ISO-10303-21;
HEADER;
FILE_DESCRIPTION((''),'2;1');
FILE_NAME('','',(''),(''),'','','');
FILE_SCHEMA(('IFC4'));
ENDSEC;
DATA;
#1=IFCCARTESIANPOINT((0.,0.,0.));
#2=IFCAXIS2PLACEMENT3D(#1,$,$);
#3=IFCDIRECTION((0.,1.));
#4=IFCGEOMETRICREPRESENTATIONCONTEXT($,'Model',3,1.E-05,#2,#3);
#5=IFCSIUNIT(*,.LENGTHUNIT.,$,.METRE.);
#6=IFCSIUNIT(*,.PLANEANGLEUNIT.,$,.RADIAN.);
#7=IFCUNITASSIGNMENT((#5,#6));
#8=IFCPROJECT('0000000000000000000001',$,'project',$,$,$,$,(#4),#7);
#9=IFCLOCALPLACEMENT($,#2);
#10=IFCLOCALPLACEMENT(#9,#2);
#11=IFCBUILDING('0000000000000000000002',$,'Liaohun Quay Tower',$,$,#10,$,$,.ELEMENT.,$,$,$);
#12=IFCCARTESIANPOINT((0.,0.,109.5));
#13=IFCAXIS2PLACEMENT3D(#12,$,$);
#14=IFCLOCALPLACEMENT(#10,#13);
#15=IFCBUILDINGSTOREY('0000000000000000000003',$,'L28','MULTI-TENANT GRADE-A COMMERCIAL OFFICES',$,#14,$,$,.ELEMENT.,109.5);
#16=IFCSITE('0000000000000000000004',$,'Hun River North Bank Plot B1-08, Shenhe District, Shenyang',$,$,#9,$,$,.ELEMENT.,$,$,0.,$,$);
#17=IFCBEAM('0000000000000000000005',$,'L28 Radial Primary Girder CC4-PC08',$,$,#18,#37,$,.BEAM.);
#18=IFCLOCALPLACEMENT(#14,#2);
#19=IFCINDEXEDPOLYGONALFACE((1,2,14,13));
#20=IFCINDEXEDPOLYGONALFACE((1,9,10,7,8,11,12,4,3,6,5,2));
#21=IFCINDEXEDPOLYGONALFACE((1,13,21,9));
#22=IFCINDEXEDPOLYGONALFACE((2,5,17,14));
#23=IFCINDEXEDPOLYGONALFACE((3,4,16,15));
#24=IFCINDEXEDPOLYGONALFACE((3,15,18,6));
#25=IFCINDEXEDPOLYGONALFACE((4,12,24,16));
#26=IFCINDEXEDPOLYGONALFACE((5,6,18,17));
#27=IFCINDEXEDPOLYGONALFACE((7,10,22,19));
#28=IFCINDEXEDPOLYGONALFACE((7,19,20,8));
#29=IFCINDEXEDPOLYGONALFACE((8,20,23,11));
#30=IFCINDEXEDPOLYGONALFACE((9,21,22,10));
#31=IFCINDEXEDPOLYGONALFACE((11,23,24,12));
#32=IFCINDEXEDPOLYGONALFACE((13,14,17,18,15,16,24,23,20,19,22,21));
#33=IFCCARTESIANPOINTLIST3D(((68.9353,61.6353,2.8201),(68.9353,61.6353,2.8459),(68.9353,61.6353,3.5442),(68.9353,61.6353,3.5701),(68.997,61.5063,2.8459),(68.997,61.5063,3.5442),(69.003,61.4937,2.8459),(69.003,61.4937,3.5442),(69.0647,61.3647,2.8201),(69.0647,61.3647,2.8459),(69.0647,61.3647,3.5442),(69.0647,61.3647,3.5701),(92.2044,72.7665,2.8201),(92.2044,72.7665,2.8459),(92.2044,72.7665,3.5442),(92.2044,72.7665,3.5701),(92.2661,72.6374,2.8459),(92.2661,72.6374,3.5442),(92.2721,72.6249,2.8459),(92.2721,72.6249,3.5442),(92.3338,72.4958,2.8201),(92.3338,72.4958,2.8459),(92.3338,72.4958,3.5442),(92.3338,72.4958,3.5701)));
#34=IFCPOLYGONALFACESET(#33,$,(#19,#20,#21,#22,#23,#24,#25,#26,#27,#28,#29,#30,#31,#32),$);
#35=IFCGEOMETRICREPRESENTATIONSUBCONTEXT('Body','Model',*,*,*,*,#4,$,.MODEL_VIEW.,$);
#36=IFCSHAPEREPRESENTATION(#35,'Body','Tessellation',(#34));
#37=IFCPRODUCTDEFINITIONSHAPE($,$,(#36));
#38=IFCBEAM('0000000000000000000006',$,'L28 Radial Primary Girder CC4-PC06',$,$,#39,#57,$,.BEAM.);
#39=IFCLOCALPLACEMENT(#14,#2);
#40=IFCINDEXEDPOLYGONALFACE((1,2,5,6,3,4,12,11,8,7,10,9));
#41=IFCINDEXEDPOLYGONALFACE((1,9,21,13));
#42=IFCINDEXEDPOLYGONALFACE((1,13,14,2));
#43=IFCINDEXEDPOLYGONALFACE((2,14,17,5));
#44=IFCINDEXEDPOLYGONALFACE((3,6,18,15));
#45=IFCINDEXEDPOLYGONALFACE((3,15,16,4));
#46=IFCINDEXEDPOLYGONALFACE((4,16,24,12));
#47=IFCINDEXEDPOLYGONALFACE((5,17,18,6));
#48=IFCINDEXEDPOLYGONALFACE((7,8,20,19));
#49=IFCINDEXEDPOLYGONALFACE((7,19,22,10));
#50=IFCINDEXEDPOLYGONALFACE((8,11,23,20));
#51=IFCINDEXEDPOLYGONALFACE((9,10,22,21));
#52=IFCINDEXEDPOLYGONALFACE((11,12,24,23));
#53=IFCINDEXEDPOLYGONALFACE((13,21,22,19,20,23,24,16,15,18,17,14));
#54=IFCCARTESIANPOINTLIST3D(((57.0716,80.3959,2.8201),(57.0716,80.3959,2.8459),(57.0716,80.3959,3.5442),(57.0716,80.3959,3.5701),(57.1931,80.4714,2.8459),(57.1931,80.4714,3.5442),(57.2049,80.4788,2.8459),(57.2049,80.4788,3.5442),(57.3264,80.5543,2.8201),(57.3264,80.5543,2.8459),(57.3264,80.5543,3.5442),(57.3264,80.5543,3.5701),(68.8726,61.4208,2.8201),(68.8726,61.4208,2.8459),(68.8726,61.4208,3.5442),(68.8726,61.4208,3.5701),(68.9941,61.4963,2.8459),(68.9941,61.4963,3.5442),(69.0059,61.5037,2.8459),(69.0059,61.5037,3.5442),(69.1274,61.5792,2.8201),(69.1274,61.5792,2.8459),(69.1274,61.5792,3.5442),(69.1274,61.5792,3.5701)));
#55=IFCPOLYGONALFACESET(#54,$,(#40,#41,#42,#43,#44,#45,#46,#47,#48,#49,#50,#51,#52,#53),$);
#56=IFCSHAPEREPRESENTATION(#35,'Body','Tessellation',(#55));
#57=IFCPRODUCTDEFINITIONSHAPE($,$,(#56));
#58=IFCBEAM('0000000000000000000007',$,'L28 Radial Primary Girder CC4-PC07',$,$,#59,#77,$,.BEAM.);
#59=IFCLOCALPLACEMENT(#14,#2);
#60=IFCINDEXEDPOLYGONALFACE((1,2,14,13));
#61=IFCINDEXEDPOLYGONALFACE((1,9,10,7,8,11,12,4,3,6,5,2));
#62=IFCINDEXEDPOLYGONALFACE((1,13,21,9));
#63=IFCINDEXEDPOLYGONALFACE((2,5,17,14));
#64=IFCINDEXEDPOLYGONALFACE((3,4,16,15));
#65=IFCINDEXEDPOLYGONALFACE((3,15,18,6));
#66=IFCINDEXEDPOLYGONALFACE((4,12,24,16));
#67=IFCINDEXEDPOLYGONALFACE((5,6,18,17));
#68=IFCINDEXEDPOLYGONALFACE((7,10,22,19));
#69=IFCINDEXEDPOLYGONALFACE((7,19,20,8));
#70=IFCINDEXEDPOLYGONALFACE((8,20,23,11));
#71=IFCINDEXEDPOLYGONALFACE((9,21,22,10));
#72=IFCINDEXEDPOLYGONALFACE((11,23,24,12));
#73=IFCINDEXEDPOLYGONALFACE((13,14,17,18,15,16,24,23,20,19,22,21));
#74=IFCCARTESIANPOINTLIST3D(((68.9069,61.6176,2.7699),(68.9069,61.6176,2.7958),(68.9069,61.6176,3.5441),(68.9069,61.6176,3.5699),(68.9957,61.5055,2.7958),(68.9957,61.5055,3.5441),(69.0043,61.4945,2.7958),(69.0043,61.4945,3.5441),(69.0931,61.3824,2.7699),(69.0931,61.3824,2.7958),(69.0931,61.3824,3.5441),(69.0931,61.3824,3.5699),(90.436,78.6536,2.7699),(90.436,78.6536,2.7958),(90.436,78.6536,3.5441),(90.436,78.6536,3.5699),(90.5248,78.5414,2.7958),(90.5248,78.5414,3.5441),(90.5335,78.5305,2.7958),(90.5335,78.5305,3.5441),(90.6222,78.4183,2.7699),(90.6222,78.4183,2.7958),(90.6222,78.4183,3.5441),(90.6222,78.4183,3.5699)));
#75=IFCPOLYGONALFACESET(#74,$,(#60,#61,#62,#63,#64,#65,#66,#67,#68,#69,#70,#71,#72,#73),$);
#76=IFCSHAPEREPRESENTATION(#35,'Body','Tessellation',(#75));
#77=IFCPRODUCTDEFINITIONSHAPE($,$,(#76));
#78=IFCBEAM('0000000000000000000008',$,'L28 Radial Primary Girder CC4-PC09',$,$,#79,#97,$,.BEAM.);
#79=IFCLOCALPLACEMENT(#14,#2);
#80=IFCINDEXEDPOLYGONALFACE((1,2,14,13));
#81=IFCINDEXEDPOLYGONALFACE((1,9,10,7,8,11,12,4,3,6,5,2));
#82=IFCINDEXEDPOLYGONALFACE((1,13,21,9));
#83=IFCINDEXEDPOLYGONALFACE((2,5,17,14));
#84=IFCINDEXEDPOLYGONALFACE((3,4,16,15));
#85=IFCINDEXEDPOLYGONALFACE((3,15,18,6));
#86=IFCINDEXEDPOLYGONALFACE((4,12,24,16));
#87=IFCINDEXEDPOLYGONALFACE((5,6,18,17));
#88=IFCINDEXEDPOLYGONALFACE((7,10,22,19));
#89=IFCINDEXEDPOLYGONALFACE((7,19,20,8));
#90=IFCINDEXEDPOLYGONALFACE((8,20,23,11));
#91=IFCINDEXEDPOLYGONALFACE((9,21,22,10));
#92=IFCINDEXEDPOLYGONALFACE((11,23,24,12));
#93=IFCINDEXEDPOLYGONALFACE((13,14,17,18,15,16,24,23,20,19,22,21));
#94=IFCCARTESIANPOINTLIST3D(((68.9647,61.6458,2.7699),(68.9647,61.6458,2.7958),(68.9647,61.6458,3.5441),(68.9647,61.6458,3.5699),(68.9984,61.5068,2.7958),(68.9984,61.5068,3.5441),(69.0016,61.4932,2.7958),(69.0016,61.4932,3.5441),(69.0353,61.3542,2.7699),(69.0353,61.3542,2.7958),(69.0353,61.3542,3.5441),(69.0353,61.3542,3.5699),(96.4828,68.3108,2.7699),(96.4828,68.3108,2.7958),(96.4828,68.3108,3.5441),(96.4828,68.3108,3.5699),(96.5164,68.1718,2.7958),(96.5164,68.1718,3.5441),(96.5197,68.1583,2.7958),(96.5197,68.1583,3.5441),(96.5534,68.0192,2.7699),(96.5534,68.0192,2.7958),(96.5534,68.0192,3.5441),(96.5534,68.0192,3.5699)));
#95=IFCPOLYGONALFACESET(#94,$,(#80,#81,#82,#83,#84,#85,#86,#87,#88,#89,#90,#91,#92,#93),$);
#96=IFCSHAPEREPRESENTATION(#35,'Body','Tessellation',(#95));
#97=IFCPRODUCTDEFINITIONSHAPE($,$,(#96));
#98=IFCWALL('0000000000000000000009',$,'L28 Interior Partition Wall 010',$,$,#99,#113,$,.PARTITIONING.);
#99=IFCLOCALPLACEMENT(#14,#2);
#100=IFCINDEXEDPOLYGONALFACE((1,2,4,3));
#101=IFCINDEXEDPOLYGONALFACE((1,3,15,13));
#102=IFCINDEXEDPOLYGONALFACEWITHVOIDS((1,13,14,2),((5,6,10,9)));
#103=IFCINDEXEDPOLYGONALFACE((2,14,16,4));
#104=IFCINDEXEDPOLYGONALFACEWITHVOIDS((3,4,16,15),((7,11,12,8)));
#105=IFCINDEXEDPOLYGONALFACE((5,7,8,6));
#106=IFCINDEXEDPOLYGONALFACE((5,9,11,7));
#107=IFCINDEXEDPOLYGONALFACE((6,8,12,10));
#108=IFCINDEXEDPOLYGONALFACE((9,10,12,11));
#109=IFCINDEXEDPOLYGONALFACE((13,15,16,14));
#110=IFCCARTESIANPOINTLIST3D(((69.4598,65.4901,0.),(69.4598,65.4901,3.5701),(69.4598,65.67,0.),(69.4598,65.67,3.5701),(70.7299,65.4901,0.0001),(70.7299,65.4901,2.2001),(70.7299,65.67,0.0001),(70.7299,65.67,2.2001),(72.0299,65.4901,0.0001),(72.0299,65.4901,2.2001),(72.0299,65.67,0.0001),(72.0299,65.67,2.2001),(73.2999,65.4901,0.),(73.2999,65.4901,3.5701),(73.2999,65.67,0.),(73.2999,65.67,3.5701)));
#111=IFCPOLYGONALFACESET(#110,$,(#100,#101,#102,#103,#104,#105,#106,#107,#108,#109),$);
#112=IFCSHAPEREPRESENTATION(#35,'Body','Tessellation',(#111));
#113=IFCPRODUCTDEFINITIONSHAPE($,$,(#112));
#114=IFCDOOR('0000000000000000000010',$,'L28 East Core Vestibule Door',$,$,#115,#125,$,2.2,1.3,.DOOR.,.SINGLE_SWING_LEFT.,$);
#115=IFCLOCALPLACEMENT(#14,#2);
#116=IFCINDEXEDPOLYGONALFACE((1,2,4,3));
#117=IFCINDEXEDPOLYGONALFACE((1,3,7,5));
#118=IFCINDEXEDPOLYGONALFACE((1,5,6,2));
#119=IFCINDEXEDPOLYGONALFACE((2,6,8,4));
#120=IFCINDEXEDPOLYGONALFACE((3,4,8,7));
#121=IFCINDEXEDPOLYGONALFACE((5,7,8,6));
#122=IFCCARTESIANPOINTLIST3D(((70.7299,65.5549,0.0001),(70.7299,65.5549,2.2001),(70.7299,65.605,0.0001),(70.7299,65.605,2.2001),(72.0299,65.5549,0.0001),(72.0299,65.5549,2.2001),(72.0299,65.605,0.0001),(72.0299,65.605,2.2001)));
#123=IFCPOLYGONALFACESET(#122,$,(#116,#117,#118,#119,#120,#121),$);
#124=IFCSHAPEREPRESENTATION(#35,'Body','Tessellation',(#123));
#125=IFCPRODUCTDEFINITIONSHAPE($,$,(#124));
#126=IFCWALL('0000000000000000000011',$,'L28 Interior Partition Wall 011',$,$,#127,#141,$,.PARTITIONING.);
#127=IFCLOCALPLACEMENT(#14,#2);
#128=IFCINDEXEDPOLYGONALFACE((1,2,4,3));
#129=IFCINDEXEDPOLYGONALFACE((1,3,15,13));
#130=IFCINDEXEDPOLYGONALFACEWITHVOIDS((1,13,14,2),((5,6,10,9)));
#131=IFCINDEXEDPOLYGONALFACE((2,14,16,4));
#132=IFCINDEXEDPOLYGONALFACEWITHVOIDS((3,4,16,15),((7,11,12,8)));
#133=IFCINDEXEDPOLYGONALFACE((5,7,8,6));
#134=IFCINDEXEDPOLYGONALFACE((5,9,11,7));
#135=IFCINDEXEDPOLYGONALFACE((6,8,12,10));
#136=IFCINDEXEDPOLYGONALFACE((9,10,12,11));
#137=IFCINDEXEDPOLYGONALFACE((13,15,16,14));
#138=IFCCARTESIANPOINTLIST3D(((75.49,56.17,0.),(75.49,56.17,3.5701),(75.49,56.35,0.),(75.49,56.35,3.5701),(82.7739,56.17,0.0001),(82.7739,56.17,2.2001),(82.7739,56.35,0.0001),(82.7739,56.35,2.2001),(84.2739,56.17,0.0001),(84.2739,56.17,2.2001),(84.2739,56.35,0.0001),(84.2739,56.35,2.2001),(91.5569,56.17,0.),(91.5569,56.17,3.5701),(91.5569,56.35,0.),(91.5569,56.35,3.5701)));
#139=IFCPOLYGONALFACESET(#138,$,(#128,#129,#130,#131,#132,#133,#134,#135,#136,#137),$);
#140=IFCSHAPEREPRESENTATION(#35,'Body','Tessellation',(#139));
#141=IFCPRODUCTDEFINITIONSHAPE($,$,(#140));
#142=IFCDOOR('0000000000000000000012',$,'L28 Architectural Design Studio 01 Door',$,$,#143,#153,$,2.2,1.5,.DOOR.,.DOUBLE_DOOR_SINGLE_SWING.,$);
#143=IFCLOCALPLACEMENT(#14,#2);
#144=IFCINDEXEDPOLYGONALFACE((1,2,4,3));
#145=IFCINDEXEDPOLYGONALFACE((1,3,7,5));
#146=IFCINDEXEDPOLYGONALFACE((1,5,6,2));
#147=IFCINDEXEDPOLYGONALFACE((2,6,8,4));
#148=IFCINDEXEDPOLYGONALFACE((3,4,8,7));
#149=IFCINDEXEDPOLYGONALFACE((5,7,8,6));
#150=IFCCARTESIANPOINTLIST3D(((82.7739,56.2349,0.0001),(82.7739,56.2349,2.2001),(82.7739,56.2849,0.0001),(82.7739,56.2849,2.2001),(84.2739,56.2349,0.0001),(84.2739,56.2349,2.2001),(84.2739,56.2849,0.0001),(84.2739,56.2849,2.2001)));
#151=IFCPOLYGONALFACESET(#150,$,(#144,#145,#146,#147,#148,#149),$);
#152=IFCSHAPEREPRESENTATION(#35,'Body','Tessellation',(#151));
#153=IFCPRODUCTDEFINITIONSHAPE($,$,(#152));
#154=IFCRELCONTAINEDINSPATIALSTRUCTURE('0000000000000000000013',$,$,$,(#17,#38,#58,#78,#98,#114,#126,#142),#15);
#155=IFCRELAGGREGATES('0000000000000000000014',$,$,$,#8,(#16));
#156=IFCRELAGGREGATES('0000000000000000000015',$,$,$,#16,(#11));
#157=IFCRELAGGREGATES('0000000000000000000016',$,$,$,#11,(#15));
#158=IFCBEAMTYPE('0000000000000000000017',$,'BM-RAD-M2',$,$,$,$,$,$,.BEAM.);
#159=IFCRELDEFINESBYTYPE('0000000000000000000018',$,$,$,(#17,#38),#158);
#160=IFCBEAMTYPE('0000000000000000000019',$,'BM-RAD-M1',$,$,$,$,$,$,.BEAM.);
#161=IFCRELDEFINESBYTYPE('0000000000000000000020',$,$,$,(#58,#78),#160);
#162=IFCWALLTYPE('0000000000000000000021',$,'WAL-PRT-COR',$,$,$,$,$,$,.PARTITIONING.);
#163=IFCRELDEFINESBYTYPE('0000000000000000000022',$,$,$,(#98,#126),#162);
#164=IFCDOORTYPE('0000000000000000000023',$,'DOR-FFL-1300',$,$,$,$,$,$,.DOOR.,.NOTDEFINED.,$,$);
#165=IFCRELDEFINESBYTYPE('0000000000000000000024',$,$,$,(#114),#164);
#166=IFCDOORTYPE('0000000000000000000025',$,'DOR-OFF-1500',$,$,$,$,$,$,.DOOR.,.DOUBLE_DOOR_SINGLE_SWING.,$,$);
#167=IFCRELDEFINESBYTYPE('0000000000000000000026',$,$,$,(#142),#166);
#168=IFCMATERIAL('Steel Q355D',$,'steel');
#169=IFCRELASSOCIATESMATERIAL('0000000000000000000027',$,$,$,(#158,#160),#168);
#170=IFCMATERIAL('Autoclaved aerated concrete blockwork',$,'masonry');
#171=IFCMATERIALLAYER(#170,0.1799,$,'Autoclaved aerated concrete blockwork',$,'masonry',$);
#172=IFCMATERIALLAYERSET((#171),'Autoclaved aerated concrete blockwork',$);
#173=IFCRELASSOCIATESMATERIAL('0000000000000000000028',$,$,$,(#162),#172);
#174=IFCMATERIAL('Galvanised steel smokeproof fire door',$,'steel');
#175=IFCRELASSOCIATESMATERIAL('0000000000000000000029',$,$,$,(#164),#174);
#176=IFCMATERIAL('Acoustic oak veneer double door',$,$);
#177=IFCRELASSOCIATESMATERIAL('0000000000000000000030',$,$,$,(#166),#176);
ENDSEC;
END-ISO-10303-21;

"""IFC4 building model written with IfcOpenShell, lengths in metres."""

from ifc_helpers import new_model, si_unit, direction, frame, frame_2d, origin, origin_2d, place, context, subcontext, project, spatial, rectangle, i_section, extrude, source, transform, mapped, material, layer, layer_set, material_profile, profile_set, type_object, element, fill, save


model = new_model("IFC4")

# Units and contexts
model_context = context("Model", 3, precision=1e-05, world=origin(), true_north=direction((0.0, 1.0)))
body_context = subcontext(model_context, "Body", "Model", "MODEL_VIEW")
ifc_project = project(units=[si_unit("LENGTHUNIT", "METRE"), si_unit("PLANEANGLEUNIT", "RADIAN")], contexts=[model_context])

# Site, building, storey
site_placement = place(None, origin())
site = spatial("IfcSite", under=ifc_project, at=site_placement, Name="Hun River North Bank Plot B1-08, Shenhe District, Shenyang", CompositionType="ELEMENT", RefElevation=0.0)
building_placement = place(site_placement, origin())
building = spatial("IfcBuilding", under=site, at=building_placement, Name="Liaohun Quay Tower", CompositionType="ELEMENT")
storey_placement = place(building_placement, frame((0.0, 0.0, 109.5)))
storey = spatial("IfcBuildingStorey", under=building, at=storey_placement, Name="L28", Description="MULTI-TENANT GRADE-A COMMERCIAL OFFICES", CompositionType="ELEMENT", Elevation=109.5)

# Beams
ifc_material_1 = material(Name="Steel Q355D", Category="steel")
ifc_material_profile_1 = material_profile(ifc_material_1, i_section(OverallWidth=0.3, OverallDepth=0.75, WebThickness=0.0139, FlangeThickness=0.0259, at=origin_2d()), Name="HN750x300x14x26")
ifc_profile_set_1 = profile_set([ifc_material_profile_1], Name="Steel Q355D")
beam_type_1 = type_object("IfcBeamType", Name="BM-RAD-M2", PredefinedType="BEAM", material=ifc_profile_set_1)
shared_shape_1 = source(origin(), body_context, "Body", "SweptSolid", [
    extrude(i_section(OverallWidth=0.3, OverallDepth=0.75, WebThickness=0.0139, FlangeThickness=0.0259, at=origin_2d()), origin(), (0.0, 0.0, 1.0), 25.7944),
])
beam_1_placement = place(storey_placement, frame((69.0, 61.5, 3.1951), z_axis=(0.902098, 0.431532, 0.0), x_axis=(-0.431532, 0.902098, 0.0)))
element("IfcBeam", 1, at=beam_1_placement, inside=storey, type_object=beam_type_1, Name="L28 Radial Primary Girder CC4-PC08", PredefinedType="BEAM", context=body_context, shape_type="MappedRepresentation", body=[
    mapped(shared_shape_1, transform((0.0, 0.0, 0.0), x_axis=(1.0, 0.0, 0.0), y_axis=(0.0, 1.0, 0.0), z_axis=(0.0, 0.0, 1.0), scale=1.0)),
])
shared_shape_2 = source(origin(), body_context, "Body", "SweptSolid", [
    extrude(i_section(OverallWidth=0.3, OverallDepth=0.75, WebThickness=0.0139, FlangeThickness=0.0259, at=origin_2d()), origin(), (0.0, 0.0, 1.0), 22.3455),
])
beam_2_placement = place(storey_placement, frame((69.0, 61.5, 3.1951), z_axis=(-0.528118, 0.849171, 0.0), x_axis=(-0.849171, -0.528118, 0.0)))
element("IfcBeam", 2, at=beam_2_placement, inside=storey, type_object=beam_type_1, Name="L28 Radial Primary Girder CC4-PC06", PredefinedType="BEAM", context=body_context, shape_type="MappedRepresentation", body=[
    mapped(shared_shape_2, transform((0.0, 0.0, 0.0), x_axis=(1.0, 0.0, 0.0), y_axis=(0.0, 1.0, 0.0), z_axis=(0.0, 0.0, 1.0), scale=1.0)),
])
ifc_material_profile_2 = material_profile(ifc_material_1, i_section(OverallWidth=0.3, OverallDepth=0.8, WebThickness=0.0139, FlangeThickness=0.0259, at=origin_2d()), Name="HN800x300x14x26")
ifc_profile_set_2 = profile_set([ifc_material_profile_2], Name="Steel Q355D")
beam_type_2 = type_object("IfcBeamType", Name="BM-RAD-M1", PredefinedType="BEAM", material=ifc_profile_set_2)
shared_shape_3 = source(origin(), body_context, "Body", "SweptSolid", [
    extrude(i_section(OverallWidth=0.3, OverallDepth=0.8, WebThickness=0.0139, FlangeThickness=0.0259, at=origin_2d()), origin(), (0.0, 0.0, 1.0), 27.4541),
])
beam_3_placement = place(storey_placement, frame((69.0, 61.5, 3.1699), z_axis=(0.784187, 0.620525, 0.0), x_axis=(-0.620525, 0.784187, 0.0)))
element("IfcBeam", 3, at=beam_3_placement, inside=storey, type_object=beam_type_2, Name="L28 Radial Primary Girder CC4-PC07", PredefinedType="BEAM", context=body_context, shape_type="MappedRepresentation", body=[
    mapped(shared_shape_3, transform((0.0, 0.0, 0.0), x_axis=(1.0, 0.0, 0.0), y_axis=(0.0, 1.0, 0.0), z_axis=(0.0, 0.0, 1.0), scale=1.0)),
])
shared_shape_4 = source(origin(), body_context, "Body", "SweptSolid", [
    extrude(i_section(OverallWidth=0.3, OverallDepth=0.8, WebThickness=0.0139, FlangeThickness=0.0259, at=origin_2d()), origin(), (0.0, 0.0, 1.0), 28.3137),
])
beam_4_placement = place(storey_placement, frame((69.0, 61.5, 3.1699), z_axis=(0.971899, 0.2354, 0.0), x_axis=(-0.2354, 0.971899, 0.0)))
element("IfcBeam", 4, at=beam_4_placement, inside=storey, type_object=beam_type_2, Name="L28 Radial Primary Girder CC4-PC09", PredefinedType="BEAM", context=body_context, shape_type="MappedRepresentation", body=[
    mapped(shared_shape_4, transform((0.0, 0.0, 0.0), x_axis=(1.0, 0.0, 0.0), y_axis=(0.0, 1.0, 0.0), z_axis=(0.0, 0.0, 1.0), scale=1.0)),
])

# Walls, openings, doors
ifc_material_2 = material(Name="Autoclaved aerated concrete blockwork", Category="masonry")
ifc_layer_1 = layer(ifc_material_2, 0.1799, Name="Autoclaved aerated concrete blockwork", Category="masonry")
ifc_layer_set_1 = layer_set([ifc_layer_1], Name="Autoclaved aerated concrete blockwork")
wall_type_1 = type_object("IfcWallType", Name="WAL-PRT-COR", PredefinedType="PARTITIONING", material=ifc_layer_set_1)
wall_1_placement = place(storey_placement, frame((69.46, 65.5801, 0.0), z_axis=(0.0, 0.0, 1.0), x_axis=(1.0, 0.0, 0.0)))
wall_1 = element("IfcWall", 5, at=wall_1_placement, inside=storey, type_object=wall_type_1, Name="L28 Interior Partition Wall 010", PredefinedType="PARTITIONING", context=body_context, shape_type="SweptSolid", body=[
    extrude(rectangle(XDim=3.8401, YDim=0.1799, at=frame_2d((1.9199, 0.0))), origin(), (0.0, 0.0, 1.0), 3.5701),
])
shared_shape_5 = source(origin(), body_context, "Body", "SweptSolid", [
    extrude(rectangle(XDim=1.3, YDim=2.2, at=frame_2d((0.6499, 1.1001))), frame((0.0, 0.0999, 0.0), z_axis=(0.0, -1.0, 0.0), x_axis=(1.0, 0.0, 0.0)), (0.0, 0.0, 1.0), 0.2),
])
opening_1_placement = place(wall_1_placement, frame((1.27, 0.0, 0.0)))
opening_1 = element("IfcOpeningElement", 6, at=opening_1_placement, cuts=wall_1, PredefinedType="OPENING", context=body_context, shape_type="MappedRepresentation", body=[
    mapped(shared_shape_5, transform((0.0, 0.0, 0.0), x_axis=(1.0, 0.0, 0.0), y_axis=(0.0, 1.0, 0.0), z_axis=(0.0, 0.0, 1.0), scale=1.0)),
])
ifc_material_3 = material(Name="Galvanised steel smokeproof fire door", Category="steel")
door_type_1 = type_object("IfcDoorType", Name="DOR-FFL-1300", OperationType="NOTDEFINED", PredefinedType="DOOR", material=ifc_material_3)
shared_shape_6 = source(origin(), body_context, "Body", "SweptSolid", [
    extrude(rectangle(XDim=1.3, YDim=2.2, at=frame_2d((0.6499, 1.1001))), frame((0.0, 0.0249, 0.0), z_axis=(0.0, -1.0, 0.0), x_axis=(1.0, 0.0, 0.0)), (0.0, 0.0, 1.0), 0.05),
])
door_1_placement = place(opening_1_placement, origin())
door_1 = element("IfcDoor", 7, at=door_1_placement, inside=storey, type_object=door_type_1, Name="L28 East Core Vestibule Door", OperationType="SINGLE_SWING_LEFT", OverallHeight=2.2, OverallWidth=1.3, PredefinedType="DOOR", context=body_context, shape_type="MappedRepresentation", body=[
    mapped(shared_shape_6, transform((0.0, 0.0, 0.0), x_axis=(1.0, 0.0, 0.0), y_axis=(0.0, 1.0, 0.0), z_axis=(0.0, 0.0, 1.0), scale=1.0)),
])
fill(opening_1, door_1)
wall_2_placement = place(storey_placement, frame((75.49, 56.26, 0.0), z_axis=(0.0, 0.0, 1.0), x_axis=(1.0, 0.0, 0.0)))
wall_2 = element("IfcWall", 8, at=wall_2_placement, inside=storey, type_object=wall_type_1, Name="L28 Interior Partition Wall 011", PredefinedType="PARTITIONING", context=body_context, shape_type="SweptSolid", body=[
    extrude(rectangle(XDim=16.0669, YDim=0.1799, at=frame_2d((8.0334, 0.0))), origin(), (0.0, 0.0, 1.0), 3.5701),
])
shared_shape_7 = source(origin(), body_context, "Body", "SweptSolid", [
    extrude(rectangle(XDim=1.5, YDim=2.2, at=frame_2d((0.75, 1.1001))), frame((0.0, 0.0999, 0.0), z_axis=(0.0, -1.0, 0.0), x_axis=(1.0, 0.0, 0.0)), (0.0, 0.0, 1.0), 0.2),
])
opening_2_placement = place(wall_2_placement, frame((7.2839, 0.0, 0.0)))
opening_2 = element("IfcOpeningElement", 9, at=opening_2_placement, cuts=wall_2, PredefinedType="OPENING", context=body_context, shape_type="MappedRepresentation", body=[
    mapped(shared_shape_7, transform((0.0, 0.0, 0.0), x_axis=(1.0, 0.0, 0.0), y_axis=(0.0, 1.0, 0.0), z_axis=(0.0, 0.0, 1.0), scale=1.0)),
])
ifc_material_4 = material(Name="Acoustic oak veneer double door")
door_type_2 = type_object("IfcDoorType", Name="DOR-OFF-1500", OperationType="DOUBLE_DOOR_SINGLE_SWING", PredefinedType="DOOR", material=ifc_material_4)
shared_shape_8 = source(origin(), body_context, "Body", "SweptSolid", [
    extrude(rectangle(XDim=1.5, YDim=2.2, at=frame_2d((0.75, 1.1001))), frame((0.0, 0.0249, 0.0), z_axis=(0.0, -1.0, 0.0), x_axis=(1.0, 0.0, 0.0)), (0.0, 0.0, 1.0), 0.05),
])
door_2_placement = place(opening_2_placement, origin())
door_2 = element("IfcDoor", 10, at=door_2_placement, inside=storey, type_object=door_type_2, Name="L28 Architectural Design Studio 01 Door", OperationType="DOUBLE_DOOR_SINGLE_SWING", OverallHeight=2.2, OverallWidth=1.5, PredefinedType="DOOR", context=body_context, shape_type="MappedRepresentation", body=[
    mapped(shared_shape_8, transform((0.0, 0.0, 0.0), x_axis=(1.0, 0.0, 0.0), y_axis=(0.0, 1.0, 0.0), z_axis=(0.0, 0.0, 1.0), scale=1.0)),
])
fill(opening_2, door_2)

save(model, "model.ifc")
